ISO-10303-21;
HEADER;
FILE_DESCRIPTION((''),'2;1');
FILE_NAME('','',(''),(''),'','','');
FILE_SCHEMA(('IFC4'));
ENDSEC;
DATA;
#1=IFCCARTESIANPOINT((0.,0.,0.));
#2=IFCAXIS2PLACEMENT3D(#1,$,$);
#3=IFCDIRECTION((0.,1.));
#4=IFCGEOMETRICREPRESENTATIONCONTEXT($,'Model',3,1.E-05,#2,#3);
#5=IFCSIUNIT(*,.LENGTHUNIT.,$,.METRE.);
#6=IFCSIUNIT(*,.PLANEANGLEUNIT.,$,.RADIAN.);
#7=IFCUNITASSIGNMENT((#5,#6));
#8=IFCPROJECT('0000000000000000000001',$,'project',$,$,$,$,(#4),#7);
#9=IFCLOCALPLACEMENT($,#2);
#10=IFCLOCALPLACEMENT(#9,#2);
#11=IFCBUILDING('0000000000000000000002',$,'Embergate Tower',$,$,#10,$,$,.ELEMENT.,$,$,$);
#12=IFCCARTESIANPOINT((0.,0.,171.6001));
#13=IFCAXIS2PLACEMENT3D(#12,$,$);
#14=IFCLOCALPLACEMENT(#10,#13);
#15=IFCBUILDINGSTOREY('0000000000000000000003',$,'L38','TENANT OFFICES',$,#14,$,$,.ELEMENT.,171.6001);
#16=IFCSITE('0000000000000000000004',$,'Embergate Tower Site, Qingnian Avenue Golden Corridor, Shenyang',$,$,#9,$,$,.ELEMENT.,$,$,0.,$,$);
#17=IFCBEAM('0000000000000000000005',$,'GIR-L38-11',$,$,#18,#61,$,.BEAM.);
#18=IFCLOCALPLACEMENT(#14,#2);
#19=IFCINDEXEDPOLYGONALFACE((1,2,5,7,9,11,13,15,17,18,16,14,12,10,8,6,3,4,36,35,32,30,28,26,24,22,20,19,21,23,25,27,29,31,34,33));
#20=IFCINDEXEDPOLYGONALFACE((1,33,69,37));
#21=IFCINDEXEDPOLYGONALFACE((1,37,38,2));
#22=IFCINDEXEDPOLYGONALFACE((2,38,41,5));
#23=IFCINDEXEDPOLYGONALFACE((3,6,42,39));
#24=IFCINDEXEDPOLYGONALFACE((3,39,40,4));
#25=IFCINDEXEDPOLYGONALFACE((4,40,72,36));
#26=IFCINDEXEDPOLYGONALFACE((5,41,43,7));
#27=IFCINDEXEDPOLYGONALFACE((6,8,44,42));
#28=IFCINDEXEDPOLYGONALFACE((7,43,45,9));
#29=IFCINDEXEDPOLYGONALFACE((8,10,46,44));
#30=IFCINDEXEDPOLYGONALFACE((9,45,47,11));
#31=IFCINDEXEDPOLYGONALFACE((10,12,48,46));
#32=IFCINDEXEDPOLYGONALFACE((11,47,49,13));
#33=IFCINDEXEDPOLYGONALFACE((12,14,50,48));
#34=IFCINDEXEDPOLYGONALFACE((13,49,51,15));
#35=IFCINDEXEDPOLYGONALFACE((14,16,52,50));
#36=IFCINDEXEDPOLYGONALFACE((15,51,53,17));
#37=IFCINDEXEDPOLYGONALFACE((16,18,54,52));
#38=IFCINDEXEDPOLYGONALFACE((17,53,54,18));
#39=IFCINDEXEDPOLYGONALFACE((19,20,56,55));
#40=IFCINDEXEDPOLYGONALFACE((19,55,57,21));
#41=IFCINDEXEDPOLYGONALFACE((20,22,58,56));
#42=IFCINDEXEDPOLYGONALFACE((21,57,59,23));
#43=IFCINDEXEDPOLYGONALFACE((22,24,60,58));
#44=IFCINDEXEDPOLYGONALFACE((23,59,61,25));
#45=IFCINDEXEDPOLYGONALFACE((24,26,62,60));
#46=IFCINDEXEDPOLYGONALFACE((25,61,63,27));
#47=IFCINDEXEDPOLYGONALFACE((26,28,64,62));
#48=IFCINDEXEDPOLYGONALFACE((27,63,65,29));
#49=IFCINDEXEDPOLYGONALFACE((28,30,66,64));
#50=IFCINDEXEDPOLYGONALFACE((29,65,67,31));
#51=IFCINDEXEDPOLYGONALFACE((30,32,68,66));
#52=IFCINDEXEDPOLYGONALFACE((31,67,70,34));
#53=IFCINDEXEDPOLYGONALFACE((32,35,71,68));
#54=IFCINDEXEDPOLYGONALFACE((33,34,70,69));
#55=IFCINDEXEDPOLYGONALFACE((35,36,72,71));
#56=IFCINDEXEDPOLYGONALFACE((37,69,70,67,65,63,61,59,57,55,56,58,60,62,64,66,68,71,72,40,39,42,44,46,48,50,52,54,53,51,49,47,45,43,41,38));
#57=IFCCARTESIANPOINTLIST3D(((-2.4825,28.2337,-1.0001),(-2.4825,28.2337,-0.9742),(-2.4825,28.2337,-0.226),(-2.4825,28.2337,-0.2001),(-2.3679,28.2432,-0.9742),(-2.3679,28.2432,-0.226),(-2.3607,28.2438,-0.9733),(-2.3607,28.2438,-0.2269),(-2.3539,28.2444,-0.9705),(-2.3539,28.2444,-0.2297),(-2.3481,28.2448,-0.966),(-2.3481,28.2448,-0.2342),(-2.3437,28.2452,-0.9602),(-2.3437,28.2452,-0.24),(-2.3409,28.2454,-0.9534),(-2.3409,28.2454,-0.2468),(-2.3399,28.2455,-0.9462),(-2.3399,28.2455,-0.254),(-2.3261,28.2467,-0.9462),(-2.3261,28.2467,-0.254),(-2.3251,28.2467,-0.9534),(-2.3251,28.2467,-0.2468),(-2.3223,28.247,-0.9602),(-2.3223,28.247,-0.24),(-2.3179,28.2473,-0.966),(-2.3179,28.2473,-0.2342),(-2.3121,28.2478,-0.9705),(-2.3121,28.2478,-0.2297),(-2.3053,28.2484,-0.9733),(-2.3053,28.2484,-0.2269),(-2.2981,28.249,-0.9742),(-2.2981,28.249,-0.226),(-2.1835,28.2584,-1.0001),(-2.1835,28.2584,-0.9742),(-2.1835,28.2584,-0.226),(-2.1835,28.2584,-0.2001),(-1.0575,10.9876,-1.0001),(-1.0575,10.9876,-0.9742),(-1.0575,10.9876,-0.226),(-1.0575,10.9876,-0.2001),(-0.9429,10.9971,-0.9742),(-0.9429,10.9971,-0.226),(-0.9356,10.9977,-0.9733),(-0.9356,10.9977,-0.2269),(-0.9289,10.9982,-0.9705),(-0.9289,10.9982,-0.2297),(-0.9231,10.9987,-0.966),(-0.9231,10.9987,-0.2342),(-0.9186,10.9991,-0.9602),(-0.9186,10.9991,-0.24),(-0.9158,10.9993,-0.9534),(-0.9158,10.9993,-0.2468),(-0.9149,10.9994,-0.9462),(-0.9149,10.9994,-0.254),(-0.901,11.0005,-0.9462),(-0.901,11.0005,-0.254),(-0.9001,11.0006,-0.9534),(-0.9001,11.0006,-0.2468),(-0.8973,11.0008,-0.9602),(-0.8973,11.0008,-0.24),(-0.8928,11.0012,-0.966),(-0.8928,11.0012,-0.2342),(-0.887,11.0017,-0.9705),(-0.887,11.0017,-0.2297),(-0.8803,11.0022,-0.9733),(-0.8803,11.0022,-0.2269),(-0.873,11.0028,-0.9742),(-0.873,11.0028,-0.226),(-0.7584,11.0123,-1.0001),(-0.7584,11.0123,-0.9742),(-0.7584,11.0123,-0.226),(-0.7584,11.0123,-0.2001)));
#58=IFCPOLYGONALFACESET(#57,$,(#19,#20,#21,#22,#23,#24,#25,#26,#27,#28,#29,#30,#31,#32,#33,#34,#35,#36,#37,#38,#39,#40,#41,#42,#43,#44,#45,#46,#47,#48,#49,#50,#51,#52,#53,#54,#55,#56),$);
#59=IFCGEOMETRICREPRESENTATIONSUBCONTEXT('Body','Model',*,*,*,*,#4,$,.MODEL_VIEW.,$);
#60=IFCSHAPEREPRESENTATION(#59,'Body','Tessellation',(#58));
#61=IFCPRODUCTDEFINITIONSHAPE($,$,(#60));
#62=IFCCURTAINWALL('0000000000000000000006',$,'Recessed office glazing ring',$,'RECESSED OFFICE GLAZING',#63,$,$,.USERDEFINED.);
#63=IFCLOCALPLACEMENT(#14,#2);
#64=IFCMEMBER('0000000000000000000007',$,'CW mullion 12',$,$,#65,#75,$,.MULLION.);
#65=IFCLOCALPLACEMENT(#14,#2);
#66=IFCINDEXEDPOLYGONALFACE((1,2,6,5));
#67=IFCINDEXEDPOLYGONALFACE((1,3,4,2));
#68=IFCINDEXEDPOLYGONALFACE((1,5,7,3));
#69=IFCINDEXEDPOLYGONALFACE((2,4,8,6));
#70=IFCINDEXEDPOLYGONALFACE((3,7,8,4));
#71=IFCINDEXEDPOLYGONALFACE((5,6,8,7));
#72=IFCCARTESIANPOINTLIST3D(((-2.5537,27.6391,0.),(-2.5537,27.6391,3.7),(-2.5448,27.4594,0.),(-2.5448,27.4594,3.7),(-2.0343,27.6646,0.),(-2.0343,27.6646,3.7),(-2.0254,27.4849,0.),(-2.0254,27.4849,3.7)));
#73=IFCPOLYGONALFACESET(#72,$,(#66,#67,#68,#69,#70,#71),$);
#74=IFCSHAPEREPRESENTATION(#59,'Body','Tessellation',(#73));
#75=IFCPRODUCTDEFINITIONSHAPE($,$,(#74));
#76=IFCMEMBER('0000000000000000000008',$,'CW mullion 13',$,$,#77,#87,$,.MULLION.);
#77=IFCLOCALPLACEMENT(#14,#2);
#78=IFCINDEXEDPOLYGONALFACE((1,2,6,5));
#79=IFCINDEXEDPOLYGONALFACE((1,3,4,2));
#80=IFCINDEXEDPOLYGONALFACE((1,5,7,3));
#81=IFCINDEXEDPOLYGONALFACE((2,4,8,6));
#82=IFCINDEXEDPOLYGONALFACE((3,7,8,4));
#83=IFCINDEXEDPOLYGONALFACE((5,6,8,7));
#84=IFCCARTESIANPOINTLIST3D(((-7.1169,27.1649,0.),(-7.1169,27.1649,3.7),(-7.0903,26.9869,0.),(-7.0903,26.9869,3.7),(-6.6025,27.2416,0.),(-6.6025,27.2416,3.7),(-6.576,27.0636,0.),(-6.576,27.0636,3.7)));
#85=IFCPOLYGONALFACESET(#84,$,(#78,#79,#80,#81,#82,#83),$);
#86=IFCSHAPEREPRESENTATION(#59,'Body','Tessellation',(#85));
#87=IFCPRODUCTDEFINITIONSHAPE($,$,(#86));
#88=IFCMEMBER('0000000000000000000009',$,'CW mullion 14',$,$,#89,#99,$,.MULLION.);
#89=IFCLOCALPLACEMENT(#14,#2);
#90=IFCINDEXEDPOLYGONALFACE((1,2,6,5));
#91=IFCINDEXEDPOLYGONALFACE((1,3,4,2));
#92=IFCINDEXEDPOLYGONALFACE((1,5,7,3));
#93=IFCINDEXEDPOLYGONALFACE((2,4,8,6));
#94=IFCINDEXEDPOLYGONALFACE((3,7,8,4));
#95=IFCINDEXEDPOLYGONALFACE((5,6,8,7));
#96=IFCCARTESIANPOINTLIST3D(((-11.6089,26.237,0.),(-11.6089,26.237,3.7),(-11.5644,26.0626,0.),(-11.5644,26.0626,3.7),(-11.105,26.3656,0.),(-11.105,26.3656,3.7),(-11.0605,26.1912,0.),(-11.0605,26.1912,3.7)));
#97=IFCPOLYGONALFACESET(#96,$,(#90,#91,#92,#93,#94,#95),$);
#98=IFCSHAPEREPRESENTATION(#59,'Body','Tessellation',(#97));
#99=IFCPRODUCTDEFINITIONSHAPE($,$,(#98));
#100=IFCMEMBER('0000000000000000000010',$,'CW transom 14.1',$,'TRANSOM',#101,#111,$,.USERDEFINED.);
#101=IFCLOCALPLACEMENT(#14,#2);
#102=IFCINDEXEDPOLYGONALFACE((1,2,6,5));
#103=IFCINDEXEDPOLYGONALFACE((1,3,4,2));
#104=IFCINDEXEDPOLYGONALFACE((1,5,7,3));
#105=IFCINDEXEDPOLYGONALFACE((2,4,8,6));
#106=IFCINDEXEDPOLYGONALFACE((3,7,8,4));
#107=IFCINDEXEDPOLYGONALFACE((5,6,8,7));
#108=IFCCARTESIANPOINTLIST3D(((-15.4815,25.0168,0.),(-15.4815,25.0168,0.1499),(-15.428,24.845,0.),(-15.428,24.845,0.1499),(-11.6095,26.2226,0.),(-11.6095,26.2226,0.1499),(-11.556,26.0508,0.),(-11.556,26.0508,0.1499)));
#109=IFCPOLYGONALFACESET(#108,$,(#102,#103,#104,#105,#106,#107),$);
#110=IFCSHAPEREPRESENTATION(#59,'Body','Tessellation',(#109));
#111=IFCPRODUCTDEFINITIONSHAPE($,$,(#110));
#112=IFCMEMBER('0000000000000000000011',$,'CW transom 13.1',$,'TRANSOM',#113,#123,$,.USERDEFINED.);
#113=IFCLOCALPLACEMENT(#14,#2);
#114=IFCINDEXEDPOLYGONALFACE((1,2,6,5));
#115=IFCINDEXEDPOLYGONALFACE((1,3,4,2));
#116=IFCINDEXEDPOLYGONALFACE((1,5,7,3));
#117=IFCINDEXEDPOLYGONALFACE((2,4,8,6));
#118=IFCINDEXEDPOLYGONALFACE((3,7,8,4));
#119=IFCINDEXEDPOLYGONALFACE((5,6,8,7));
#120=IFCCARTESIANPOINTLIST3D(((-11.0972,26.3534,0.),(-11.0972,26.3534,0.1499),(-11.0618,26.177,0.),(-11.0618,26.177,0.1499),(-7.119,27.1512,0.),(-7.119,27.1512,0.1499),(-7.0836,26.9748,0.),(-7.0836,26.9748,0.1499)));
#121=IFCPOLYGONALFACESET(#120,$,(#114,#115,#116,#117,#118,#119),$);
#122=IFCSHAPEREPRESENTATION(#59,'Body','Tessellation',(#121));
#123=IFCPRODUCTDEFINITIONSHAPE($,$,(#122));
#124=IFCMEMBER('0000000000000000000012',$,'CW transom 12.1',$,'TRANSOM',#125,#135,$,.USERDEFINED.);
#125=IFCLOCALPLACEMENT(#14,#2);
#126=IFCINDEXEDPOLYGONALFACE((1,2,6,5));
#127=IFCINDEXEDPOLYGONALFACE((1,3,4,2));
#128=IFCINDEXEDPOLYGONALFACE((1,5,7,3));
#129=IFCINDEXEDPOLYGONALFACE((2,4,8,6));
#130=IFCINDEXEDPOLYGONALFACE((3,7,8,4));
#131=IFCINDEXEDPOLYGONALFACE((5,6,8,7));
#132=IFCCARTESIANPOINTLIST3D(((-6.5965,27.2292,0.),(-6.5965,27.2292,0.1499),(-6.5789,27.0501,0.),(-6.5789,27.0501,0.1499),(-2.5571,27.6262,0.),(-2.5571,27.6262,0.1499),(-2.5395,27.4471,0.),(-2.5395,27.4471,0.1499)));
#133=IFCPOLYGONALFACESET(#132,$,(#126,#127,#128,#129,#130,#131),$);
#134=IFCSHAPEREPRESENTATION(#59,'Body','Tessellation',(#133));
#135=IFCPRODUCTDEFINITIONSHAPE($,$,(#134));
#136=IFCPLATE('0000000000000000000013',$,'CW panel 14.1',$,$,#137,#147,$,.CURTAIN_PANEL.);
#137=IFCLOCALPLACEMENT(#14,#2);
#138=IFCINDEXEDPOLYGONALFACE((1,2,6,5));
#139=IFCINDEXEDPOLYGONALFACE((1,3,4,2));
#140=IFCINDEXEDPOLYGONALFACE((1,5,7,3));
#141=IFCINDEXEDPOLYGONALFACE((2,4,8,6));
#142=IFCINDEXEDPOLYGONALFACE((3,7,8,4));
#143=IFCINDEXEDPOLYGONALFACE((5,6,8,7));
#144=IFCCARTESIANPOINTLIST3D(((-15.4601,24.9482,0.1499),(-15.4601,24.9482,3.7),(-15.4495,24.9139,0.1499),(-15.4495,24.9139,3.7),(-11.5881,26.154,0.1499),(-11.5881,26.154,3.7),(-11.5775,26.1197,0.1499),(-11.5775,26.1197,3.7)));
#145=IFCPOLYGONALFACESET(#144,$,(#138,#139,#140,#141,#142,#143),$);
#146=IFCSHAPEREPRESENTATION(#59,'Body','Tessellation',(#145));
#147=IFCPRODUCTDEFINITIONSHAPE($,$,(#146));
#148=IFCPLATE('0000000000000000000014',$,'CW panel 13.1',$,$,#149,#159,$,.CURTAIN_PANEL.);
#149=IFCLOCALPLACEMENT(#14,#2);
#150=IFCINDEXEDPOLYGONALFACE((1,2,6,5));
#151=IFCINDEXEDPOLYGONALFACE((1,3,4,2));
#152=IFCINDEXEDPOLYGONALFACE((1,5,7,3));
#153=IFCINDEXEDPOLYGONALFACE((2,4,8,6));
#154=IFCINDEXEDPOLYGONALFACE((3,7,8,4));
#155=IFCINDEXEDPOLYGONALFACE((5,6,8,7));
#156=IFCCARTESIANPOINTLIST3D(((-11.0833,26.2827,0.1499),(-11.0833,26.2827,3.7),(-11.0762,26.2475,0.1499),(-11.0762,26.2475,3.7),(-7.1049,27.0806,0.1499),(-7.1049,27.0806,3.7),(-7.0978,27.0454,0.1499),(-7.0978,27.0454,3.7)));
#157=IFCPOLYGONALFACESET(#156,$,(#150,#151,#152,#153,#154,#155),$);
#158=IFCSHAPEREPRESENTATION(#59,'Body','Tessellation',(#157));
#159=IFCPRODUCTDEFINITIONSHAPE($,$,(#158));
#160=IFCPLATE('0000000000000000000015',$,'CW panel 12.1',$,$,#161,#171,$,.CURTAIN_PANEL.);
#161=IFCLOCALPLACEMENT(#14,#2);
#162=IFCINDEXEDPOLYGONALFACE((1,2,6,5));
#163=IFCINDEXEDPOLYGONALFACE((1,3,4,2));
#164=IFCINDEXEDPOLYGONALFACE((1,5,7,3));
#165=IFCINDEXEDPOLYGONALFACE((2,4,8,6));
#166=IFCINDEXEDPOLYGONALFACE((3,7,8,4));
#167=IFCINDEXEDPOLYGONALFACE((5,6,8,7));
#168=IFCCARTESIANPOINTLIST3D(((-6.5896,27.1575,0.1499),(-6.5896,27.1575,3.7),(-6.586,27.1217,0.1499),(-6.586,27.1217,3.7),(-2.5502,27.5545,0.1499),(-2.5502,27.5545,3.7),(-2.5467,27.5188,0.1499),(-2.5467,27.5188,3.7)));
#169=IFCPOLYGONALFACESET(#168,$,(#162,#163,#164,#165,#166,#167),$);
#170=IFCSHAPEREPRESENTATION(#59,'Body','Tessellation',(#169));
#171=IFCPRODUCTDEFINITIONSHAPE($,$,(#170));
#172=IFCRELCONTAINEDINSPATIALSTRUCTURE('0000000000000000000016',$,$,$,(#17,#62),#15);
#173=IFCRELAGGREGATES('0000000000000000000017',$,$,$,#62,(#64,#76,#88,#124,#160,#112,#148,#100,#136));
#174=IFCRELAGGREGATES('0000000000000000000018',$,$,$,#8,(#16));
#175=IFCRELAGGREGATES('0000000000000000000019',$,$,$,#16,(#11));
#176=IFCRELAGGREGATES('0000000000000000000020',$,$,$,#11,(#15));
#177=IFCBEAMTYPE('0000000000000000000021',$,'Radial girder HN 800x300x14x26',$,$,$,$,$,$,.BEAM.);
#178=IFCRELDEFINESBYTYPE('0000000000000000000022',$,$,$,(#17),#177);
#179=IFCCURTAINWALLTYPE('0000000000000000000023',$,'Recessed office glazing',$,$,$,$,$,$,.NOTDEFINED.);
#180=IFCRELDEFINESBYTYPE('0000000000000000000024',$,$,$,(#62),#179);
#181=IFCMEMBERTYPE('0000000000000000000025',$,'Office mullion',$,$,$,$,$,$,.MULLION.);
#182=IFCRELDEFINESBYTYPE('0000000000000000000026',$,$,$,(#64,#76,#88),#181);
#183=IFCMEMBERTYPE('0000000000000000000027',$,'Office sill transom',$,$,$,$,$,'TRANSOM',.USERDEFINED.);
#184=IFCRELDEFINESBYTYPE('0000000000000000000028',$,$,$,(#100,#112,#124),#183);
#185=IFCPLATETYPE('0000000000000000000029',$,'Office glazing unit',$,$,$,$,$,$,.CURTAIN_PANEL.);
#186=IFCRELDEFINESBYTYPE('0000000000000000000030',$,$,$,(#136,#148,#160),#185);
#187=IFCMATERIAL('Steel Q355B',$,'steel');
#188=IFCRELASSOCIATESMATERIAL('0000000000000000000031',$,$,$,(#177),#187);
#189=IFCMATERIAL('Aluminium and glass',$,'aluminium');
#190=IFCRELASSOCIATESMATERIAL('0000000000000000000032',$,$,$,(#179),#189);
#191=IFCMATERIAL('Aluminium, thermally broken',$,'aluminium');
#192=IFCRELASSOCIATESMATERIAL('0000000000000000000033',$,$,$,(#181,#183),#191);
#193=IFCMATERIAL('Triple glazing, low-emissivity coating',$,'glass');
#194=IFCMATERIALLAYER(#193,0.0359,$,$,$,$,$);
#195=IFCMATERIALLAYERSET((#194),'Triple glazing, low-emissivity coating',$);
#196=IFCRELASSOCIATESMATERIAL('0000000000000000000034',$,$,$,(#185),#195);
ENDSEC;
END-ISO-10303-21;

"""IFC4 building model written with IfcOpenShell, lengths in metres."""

from ifc_helpers import new_model, si_unit, direction, frame, origin, origin_2d, place, context, subcontext, project, spatial, rectangle, i_section, extrude, source, transform, mapped, material, layer, layer_set, material_profile, profile_set, type_object, element, aggregate, save


model = new_model("IFC4")

# Units and contexts
model_context = context("Model", 3, precision=1e-05, world=origin(), true_north=direction((0.0, 1.0)))
body_context = subcontext(model_context, "Body", "Model", "MODEL_VIEW")
ifc_project = project(units=[si_unit("LENGTHUNIT", "METRE"), si_unit("PLANEANGLEUNIT", "RADIAN")], contexts=[model_context])

# Site, building, storey
site_placement = place(None, origin())
site = spatial("IfcSite", under=ifc_project, at=site_placement, Name="Embergate Tower Site, Qingnian Avenue Golden Corridor, Shenyang", CompositionType="ELEMENT", RefElevation=0.0)
building_placement = place(site_placement, origin())
building = spatial("IfcBuilding", under=site, at=building_placement, Name="Embergate Tower", CompositionType="ELEMENT")
storey_placement = place(building_placement, frame((0.0, 0.0, 171.6001)))
storey = spatial("IfcBuildingStorey", under=building, at=storey_placement, Name="L38", Description="TENANT OFFICES", CompositionType="ELEMENT", Elevation=171.6001)

# Beam
ifc_material_1 = material(Name="Steel Q355B", Category="steel")
ifc_material_profile_1 = material_profile(ifc_material_1, i_section(OverallWidth=0.3, OverallDepth=0.8, WebThickness=0.0139, FlangeThickness=0.0259, FilletRadius=0.0281, at=origin_2d()), Name="HN 800x300x14x26")
ifc_profile_set_1 = profile_set([ifc_material_profile_1], Name="Steel Q355 grade B")
beam_type_1 = type_object("IfcBeamType", Name="Radial girder HN 800x300x14x26", PredefinedType="BEAM", material=ifc_profile_set_1)
shared_shape_1 = source(origin(), body_context, "Body", "SweptSolid", [
    extrude(i_section(OverallWidth=0.3, OverallDepth=0.8, WebThickness=0.0139, FlangeThickness=0.0259, FilletRadius=0.0281, at=origin_2d()), origin(), (0.0, 0.0, 1.0), 17.3049),
])
beam_1_placement = place(storey_placement, frame((-2.333, 28.2461, -0.6001), z_axis=(0.08235, -0.996604, 0.0), x_axis=(0.996604, 0.08235, 0.0)))
element("IfcBeam", 1, at=beam_1_placement, inside=storey, type_object=beam_type_1, Name="GIR-L38-11", PredefinedType="BEAM", context=body_context, shape_type="MappedRepresentation", body=[
    mapped(shared_shape_1, transform((0.0, 0.0, 0.0))),
])

# Curtain wall, members, plates
ifc_material_2 = material(Name="Aluminium and glass", Category="aluminium")
curtain_wall_type = type_object("IfcCurtainWallType", Name="Recessed office glazing", PredefinedType="NOTDEFINED", material=ifc_material_2)
curtain_wall_placement = place(storey_placement, origin())
curtain_wall = element("IfcCurtainWall", 2, at=curtain_wall_placement, inside=storey, type_object=curtain_wall_type, Name="Recessed office glazing ring", ObjectType="RECESSED OFFICE GLAZING", PredefinedType="USERDEFINED")
ifc_material_3 = material(Name="Aluminium, thermally broken", Category="aluminium")
ifc_material_profile_2 = material_profile(ifc_material_3, rectangle(XDim=0.1799, YDim=0.52, at=origin_2d()), Name="AL 520x180")
ifc_profile_set_2 = profile_set([ifc_material_profile_2], Name="Aluminium, thermally broken")
member_type_1 = type_object("IfcMemberType", Name="Office mullion", PredefinedType="MULLION", material=ifc_profile_set_2)
shared_shape_2 = source(origin(), body_context, "Body", "SweptSolid", [
    extrude(rectangle(XDim=0.1799, YDim=0.52, at=origin_2d()), origin(), (0.0, 0.0, 1.0), 3.7),
])
member_1_placement = place(storey_placement, frame((-2.2896, 27.562, 0.0), z_axis=(0.0, 0.0, 1.0), x_axis=(0.04897, -0.9988, 0.0)))
member_1 = element("IfcMember", 3, at=member_1_placement, type_object=member_type_1, Name="CW mullion 12", PredefinedType="MULLION", context=body_context, shape_type="MappedRepresentation", body=[
    mapped(shared_shape_2, transform((0.0, 0.0, 0.0))),
])
member_2_placement = place(storey_placement, frame((-6.8464, 27.1143, 0.0), z_axis=(0.0, 0.0, 1.0), x_axis=(0.147409, -0.989076, 0.0)))
member_2 = element("IfcMember", 4, at=member_2_placement, type_object=member_type_1, Name="CW mullion 13", PredefinedType="MULLION", context=body_context, shape_type="MappedRepresentation", body=[
    mapped(shared_shape_2, transform((0.0, 0.0, 0.0))),
])
member_3_placement = place(storey_placement, frame((-11.3347, 26.2141, 0.0), z_axis=(0.0, 0.0, 1.0), x_axis=(0.247308, -0.968937, 0.0)))
member_3 = element("IfcMember", 5, at=member_3_placement, type_object=member_type_1, Name="CW mullion 14", PredefinedType="MULLION", context=body_context, shape_type="MappedRepresentation", body=[
    mapped(shared_shape_2, transform((0.0, 0.0, 0.0))),
])
ifc_material_profile_3 = material_profile(ifc_material_3, rectangle(XDim=0.1799, YDim=0.1499, at=origin_2d()), Name="AL 150x180")
ifc_profile_set_3 = profile_set([ifc_material_profile_3], Name="Aluminium, thermally broken")
member_type_2 = type_object("IfcMemberType", Name="Office sill transom", ElementType="TRANSOM", PredefinedType="USERDEFINED", material=ifc_profile_set_3)
shared_shape_3 = source(origin(), body_context, "Body", "SweptSolid", [
    extrude(rectangle(XDim=0.1799, YDim=0.1499, at=origin_2d()), origin(), (0.0, 0.0, 1.0), 4.0554),
])
member_4_placement = place(storey_placement, frame((-11.5828, 26.1367, 0.075), z_axis=(-0.954775, -0.297329, 0.0), x_axis=(0.297329, -0.954775, 0.0)))
member_4 = element("IfcMember", 6, at=member_4_placement, type_object=member_type_2, Name="CW transom 14.1", ObjectType="TRANSOM", PredefinedType="USERDEFINED", context=body_context, shape_type="MappedRepresentation", body=[
    mapped(shared_shape_3, transform((0.0, 0.0, 0.0))),
])
shared_shape_4 = source(origin(), body_context, "Body", "SweptSolid", [
    extrude(rectangle(XDim=0.1799, YDim=0.1499, at=origin_2d()), origin(), (0.0, 0.0, 1.0), 4.0574),
])
member_5_placement = place(storey_placement, frame((-7.1013, 27.063, 0.075), z_axis=(-0.980476, -0.196637, 0.0), x_axis=(0.196637, -0.980476, 0.0)))
member_5 = element("IfcMember", 7, at=member_5_placement, type_object=member_type_2, Name="CW transom 13.1", ObjectType="TRANSOM", PredefinedType="USERDEFINED", context=body_context, shape_type="MappedRepresentation", body=[
    mapped(shared_shape_4, transform((0.0, 0.0, 0.0))),
])
shared_shape_5 = source(origin(), body_context, "Body", "SweptSolid", [
    extrude(rectangle(XDim=0.1799, YDim=0.1499, at=origin_2d()), origin(), (0.0, 0.0, 1.0), 4.0588),
])
member_6_placement = place(storey_placement, frame((-2.5483, 27.5366, 0.075), z_axis=(-0.995205, -0.097806, 0.0), x_axis=(0.097806, -0.995205, 0.0)))
member_6 = element("IfcMember", 8, at=member_6_placement, type_object=member_type_2, Name="CW transom 12.1", ObjectType="TRANSOM", PredefinedType="USERDEFINED", context=body_context, shape_type="MappedRepresentation", body=[
    mapped(shared_shape_5, transform((0.0, 0.0, 0.0))),
])
ifc_material_4 = material(Name="Triple glazing, low-emissivity coating", Category="glass")
ifc_layer_1 = layer(ifc_material_4, 0.0359)
ifc_layer_set_1 = layer_set([ifc_layer_1], Name="Triple glazing, low-emissivity coating")
plate_type = type_object("IfcPlateType", Name="Office glazing unit", PredefinedType="CURTAIN_PANEL", material=ifc_layer_set_1)
shared_shape_6 = source(origin(), body_context, "Body", "SweptSolid", [
    extrude(rectangle(XDim=4.0554, YDim=0.0359, at=origin_2d()), origin(), (0.0, 0.0, 1.0), 3.55),
])
plate_1_placement = place(storey_placement, frame((-13.5188, 25.5339, 0.1499), z_axis=(0.0, 0.0, 1.0), x_axis=(-0.954773, -0.297335, 0.0)))
plate_1 = element("IfcPlate", 9, at=plate_1_placement, type_object=plate_type, Name="CW panel 14.1", PredefinedType="CURTAIN_PANEL", context=body_context, shape_type="MappedRepresentation", body=[
    mapped(shared_shape_6, transform((0.0, 0.0, 0.0))),
])
shared_shape_7 = source(origin(), body_context, "Body", "SweptSolid", [
    extrude(rectangle(XDim=4.0576, YDim=0.0359, at=origin_2d()), origin(), (0.0, 0.0, 1.0), 3.55),
])
plate_2_placement = place(storey_placement, frame((-9.0906, 26.6641, 0.1499), z_axis=(0.0, 0.0, 1.0), x_axis=(-0.980476, -0.196638, 0.0)))
plate_2 = element("IfcPlate", 10, at=plate_2_placement, type_object=plate_type, Name="CW panel 13.1", PredefinedType="CURTAIN_PANEL", context=body_context, shape_type="MappedRepresentation", body=[
    mapped(shared_shape_7, transform((0.0, 0.0, 0.0))),
])
shared_shape_8 = source(origin(), body_context, "Body", "SweptSolid", [
    extrude(rectangle(XDim=4.0588, YDim=0.0359, at=origin_2d()), origin(), (0.0, 0.0, 1.0), 3.55),
])
plate_3_placement = place(storey_placement, frame((-4.5681, 27.3381, 0.1499), z_axis=(0.0, 0.0, 1.0), x_axis=(-0.995203, -0.097828, 0.0)))
plate_3 = element("IfcPlate", 11, at=plate_3_placement, type_object=plate_type, Name="CW panel 12.1", PredefinedType="CURTAIN_PANEL", context=body_context, shape_type="MappedRepresentation", body=[
    mapped(shared_shape_8, transform((0.0, 0.0, 0.0))),
])
aggregate(curtain_wall, [member_1, member_2, member_3, member_6, plate_3, member_5, plate_2, member_4, plate_1])

save(model, "model.ifc")
